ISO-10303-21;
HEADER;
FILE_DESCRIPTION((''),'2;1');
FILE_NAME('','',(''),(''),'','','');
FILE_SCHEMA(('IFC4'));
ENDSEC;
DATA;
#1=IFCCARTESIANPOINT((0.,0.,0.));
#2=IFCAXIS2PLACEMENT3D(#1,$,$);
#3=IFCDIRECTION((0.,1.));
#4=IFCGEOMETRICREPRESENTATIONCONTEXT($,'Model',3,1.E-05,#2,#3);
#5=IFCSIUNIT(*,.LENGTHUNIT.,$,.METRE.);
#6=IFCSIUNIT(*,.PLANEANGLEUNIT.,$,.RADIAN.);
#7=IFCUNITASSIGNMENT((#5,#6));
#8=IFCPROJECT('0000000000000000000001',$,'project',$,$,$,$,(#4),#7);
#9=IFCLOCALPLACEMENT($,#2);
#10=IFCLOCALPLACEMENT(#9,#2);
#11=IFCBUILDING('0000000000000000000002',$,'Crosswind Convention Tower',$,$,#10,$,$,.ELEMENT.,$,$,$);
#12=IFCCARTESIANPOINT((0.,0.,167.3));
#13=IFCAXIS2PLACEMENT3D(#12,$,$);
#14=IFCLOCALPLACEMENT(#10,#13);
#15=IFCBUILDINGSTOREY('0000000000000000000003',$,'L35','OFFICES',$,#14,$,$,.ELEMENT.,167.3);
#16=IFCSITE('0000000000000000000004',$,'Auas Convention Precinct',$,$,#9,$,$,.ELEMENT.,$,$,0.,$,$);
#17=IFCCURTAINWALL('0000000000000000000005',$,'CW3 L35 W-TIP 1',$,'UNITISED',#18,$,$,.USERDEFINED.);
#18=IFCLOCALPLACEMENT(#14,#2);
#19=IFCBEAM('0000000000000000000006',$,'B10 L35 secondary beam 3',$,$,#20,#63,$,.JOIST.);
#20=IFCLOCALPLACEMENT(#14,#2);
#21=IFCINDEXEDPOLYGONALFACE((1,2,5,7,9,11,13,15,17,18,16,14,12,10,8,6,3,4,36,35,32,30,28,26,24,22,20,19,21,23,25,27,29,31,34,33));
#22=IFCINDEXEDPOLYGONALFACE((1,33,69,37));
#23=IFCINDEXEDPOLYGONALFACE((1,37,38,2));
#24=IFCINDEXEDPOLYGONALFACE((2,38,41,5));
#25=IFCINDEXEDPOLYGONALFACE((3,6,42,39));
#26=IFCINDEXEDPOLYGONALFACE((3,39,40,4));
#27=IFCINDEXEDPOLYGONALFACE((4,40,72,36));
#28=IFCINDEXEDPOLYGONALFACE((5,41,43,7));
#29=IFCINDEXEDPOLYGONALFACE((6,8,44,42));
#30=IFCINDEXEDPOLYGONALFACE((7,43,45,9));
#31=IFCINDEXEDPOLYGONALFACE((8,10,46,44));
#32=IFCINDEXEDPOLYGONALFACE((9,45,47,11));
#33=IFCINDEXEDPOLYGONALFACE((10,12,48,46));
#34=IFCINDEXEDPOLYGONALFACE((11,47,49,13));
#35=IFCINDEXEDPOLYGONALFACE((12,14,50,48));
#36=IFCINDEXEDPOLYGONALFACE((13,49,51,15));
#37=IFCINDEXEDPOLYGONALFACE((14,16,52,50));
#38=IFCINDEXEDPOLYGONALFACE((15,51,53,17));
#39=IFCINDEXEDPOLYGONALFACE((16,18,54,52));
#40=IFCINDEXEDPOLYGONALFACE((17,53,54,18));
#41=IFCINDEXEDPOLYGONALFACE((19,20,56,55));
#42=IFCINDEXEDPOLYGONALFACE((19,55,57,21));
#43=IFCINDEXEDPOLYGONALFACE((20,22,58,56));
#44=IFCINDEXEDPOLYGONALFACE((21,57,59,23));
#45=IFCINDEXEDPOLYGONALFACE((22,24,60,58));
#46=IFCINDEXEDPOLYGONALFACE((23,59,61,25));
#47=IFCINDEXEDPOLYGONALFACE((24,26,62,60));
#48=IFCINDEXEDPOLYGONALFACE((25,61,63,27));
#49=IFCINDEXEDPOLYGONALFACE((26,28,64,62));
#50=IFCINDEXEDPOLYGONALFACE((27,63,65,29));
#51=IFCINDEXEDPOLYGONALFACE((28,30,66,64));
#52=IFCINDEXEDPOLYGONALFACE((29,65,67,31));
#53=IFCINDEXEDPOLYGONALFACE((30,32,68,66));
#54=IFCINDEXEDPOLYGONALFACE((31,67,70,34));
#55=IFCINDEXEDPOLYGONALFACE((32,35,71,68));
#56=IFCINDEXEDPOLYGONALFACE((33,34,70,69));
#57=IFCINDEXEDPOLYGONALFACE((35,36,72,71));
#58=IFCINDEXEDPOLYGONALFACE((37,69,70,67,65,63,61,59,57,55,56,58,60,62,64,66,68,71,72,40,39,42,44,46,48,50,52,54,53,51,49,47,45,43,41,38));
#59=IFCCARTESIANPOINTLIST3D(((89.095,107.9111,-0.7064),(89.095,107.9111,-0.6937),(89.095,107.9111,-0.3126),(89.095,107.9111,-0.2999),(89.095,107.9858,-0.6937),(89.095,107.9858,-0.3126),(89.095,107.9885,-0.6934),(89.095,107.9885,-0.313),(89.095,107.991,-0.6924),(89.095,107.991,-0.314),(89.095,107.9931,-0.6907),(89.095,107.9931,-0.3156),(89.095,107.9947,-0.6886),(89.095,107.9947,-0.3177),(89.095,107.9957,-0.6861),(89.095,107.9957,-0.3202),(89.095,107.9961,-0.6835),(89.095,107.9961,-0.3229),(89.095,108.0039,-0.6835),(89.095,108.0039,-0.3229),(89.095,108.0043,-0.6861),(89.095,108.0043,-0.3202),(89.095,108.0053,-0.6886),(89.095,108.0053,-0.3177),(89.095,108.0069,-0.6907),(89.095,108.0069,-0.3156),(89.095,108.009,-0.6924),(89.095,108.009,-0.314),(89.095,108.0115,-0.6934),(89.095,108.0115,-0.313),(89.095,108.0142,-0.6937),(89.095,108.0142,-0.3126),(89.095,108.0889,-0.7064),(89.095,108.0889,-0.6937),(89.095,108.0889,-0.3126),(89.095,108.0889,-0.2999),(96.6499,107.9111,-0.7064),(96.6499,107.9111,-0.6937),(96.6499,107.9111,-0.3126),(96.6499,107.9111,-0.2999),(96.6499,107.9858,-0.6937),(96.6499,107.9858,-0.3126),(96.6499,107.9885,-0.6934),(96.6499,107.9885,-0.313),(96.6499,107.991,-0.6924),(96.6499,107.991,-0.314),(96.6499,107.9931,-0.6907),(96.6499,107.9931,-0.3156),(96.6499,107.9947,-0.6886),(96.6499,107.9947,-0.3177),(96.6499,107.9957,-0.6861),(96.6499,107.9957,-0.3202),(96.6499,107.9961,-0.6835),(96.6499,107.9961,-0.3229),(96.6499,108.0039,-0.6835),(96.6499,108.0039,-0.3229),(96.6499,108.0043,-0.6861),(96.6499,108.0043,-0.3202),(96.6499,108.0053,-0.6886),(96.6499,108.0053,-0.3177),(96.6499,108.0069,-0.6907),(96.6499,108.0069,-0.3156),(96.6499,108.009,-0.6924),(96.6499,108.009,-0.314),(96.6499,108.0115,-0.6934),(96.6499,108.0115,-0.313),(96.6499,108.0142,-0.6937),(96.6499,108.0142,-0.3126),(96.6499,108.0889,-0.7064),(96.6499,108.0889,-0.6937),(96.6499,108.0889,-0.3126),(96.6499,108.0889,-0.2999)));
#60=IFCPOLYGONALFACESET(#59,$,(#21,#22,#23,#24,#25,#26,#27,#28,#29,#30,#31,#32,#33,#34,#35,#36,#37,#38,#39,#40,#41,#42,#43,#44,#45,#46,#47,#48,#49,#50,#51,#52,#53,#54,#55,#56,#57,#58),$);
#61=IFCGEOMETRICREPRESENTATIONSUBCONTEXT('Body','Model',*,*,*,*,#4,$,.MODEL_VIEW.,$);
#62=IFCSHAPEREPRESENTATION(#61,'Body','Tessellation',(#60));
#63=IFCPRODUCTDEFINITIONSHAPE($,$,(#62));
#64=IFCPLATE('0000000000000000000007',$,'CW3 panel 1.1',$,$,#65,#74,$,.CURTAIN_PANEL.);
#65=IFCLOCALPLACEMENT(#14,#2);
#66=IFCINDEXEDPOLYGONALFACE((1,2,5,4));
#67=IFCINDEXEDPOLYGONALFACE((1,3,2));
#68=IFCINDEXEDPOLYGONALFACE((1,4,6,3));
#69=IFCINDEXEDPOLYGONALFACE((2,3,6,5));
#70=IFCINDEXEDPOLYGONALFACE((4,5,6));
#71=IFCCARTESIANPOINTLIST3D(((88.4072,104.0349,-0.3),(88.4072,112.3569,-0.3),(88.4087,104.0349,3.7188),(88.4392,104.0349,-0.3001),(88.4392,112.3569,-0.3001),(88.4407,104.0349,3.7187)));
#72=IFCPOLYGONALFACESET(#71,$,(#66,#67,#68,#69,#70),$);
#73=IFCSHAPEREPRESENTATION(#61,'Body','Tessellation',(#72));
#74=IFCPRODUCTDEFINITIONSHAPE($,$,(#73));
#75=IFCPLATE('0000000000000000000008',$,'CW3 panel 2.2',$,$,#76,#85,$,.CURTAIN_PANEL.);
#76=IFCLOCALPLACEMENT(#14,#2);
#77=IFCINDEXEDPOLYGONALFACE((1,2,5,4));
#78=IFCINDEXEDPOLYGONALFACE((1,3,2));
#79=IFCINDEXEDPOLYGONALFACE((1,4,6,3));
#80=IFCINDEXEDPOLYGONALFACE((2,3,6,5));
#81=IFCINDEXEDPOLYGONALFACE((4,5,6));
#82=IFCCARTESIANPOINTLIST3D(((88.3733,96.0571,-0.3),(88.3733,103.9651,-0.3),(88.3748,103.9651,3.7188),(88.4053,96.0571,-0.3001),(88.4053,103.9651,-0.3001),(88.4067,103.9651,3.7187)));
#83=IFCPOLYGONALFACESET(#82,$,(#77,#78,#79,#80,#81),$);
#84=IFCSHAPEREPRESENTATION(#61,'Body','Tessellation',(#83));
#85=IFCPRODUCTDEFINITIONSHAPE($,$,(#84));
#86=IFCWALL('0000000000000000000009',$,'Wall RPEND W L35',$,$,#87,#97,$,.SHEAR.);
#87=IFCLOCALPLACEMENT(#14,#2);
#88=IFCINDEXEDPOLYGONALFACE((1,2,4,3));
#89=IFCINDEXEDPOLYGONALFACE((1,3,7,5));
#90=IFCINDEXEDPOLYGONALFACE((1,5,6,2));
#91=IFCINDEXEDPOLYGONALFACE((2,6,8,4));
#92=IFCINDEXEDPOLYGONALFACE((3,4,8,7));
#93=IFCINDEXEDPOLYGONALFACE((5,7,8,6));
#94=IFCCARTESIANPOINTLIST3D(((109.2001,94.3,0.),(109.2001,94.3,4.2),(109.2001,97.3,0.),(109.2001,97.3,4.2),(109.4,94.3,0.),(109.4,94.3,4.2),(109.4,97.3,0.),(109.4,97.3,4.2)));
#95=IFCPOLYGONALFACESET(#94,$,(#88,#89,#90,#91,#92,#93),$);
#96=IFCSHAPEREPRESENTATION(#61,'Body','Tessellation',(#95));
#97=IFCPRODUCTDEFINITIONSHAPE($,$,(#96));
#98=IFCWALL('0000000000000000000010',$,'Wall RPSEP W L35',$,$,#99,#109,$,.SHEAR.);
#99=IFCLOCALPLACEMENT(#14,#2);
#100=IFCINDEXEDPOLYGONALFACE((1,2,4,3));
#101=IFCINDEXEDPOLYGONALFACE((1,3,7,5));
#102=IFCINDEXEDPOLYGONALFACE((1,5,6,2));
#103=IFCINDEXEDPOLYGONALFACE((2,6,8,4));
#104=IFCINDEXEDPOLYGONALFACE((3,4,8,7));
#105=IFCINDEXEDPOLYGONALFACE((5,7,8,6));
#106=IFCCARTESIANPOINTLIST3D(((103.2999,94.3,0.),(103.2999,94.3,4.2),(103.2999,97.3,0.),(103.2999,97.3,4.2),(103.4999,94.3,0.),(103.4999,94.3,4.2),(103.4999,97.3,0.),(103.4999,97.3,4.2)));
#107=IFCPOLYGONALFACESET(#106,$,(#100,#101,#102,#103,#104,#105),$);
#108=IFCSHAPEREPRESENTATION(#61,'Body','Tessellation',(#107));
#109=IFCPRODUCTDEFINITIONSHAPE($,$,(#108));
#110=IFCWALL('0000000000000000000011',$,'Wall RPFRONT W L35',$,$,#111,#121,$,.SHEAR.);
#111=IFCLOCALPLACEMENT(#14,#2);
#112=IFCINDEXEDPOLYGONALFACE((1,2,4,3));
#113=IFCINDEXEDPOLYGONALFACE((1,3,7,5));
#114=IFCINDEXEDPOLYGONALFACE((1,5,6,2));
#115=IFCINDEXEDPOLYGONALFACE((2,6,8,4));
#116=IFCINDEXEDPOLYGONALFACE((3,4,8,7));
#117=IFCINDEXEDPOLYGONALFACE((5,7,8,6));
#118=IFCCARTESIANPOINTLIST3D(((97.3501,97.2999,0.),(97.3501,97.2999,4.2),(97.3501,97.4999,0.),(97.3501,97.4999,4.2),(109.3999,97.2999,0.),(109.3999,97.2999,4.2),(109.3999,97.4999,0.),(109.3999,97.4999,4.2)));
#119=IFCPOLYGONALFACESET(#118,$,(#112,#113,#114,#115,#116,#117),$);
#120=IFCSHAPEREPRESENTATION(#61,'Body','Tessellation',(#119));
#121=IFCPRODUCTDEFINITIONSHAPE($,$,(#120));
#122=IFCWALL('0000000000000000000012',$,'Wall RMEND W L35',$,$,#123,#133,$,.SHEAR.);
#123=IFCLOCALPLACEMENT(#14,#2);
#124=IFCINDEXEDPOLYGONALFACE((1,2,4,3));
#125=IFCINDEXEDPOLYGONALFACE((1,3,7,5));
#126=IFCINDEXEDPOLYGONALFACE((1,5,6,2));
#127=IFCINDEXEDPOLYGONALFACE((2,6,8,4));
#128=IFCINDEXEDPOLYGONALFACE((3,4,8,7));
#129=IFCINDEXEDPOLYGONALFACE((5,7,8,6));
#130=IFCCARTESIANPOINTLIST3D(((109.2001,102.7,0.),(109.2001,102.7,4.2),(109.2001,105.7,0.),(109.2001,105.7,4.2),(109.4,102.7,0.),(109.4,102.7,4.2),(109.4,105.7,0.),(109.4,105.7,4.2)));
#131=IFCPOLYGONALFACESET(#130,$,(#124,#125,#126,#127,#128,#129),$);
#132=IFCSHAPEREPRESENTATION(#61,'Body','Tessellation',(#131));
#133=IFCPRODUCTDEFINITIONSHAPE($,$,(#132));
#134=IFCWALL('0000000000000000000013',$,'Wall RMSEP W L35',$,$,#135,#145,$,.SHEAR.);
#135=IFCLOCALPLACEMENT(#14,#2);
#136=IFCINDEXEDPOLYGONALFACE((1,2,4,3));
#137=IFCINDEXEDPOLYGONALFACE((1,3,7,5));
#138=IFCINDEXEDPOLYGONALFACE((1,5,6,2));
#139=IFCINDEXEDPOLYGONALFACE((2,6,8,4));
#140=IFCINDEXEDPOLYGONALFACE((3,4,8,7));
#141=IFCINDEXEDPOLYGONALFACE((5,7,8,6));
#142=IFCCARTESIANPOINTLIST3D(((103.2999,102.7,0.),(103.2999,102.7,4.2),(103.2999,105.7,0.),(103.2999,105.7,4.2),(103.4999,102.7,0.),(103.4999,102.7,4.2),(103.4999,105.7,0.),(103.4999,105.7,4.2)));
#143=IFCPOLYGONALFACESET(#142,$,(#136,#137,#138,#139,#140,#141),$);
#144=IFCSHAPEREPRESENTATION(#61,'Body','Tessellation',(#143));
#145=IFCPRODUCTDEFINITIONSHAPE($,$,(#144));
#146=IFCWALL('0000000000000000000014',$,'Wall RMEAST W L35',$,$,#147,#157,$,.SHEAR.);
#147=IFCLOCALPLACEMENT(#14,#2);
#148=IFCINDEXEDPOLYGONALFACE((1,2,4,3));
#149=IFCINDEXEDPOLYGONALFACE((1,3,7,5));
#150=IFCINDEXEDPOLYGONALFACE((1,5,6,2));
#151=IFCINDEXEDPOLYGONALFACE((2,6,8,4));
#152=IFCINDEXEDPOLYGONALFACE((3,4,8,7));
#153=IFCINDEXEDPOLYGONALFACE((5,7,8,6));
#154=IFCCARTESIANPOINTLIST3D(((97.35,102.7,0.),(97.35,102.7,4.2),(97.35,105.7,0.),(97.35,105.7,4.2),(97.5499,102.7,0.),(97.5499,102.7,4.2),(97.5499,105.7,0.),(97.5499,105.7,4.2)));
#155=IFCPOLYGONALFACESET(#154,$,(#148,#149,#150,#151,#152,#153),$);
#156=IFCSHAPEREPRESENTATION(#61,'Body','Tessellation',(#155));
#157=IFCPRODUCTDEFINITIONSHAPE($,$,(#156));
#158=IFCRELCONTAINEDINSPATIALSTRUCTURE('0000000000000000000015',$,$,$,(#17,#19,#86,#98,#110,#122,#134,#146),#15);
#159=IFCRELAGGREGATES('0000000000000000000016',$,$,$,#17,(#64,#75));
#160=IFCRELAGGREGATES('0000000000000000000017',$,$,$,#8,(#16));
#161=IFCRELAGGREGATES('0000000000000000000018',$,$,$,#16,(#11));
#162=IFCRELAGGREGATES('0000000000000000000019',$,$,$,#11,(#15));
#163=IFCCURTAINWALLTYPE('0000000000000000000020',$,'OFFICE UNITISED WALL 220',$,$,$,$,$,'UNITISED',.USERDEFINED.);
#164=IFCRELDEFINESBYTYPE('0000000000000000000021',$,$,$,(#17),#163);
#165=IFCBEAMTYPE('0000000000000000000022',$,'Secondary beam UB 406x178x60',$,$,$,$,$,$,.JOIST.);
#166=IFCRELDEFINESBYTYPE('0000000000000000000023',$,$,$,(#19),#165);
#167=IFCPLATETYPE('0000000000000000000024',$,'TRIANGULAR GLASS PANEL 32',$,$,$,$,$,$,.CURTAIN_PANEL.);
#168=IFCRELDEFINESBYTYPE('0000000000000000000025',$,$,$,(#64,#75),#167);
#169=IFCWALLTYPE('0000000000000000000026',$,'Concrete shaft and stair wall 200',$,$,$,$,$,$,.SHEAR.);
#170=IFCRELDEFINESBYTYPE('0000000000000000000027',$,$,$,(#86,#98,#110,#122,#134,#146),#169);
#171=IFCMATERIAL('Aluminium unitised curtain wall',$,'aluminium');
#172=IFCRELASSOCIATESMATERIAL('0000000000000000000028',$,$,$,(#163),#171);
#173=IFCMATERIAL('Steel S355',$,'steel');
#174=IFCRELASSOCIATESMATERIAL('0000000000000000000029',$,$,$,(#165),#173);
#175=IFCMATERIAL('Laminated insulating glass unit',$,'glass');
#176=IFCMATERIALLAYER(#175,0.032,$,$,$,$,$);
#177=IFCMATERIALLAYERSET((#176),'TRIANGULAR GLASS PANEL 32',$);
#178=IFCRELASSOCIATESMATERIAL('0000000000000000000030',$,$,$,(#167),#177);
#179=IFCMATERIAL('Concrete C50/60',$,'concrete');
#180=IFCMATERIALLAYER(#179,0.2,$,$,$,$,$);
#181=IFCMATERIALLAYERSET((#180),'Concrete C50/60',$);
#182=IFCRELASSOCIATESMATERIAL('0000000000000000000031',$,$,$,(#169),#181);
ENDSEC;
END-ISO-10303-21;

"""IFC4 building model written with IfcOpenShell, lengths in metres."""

from ifc_helpers import new_model, si_unit, direction, frame, frame_2d, origin, origin_2d, place, context, subcontext, project, spatial, polyline, rectangle, i_section, outline, extrude, material, layer, layer_set, material_profile, profile_set, type_object, element, aggregate, save


model = new_model("IFC4")

# Units and contexts
model_context = context("Model", 3, precision=1e-05, world=origin(), true_north=direction((0.0, 1.0)))
body_context = subcontext(model_context, "Body", "Model", "MODEL_VIEW")
ifc_project = project(units=[si_unit("LENGTHUNIT", "METRE"), si_unit("PLANEANGLEUNIT", "RADIAN")], contexts=[model_context])

# Site, building, storey
site_placement = place(None, origin())
site = spatial("IfcSite", under=ifc_project, at=site_placement, Name="Auas Convention Precinct", CompositionType="ELEMENT", RefElevation=0.0)
building_placement = place(site_placement, origin())
building = spatial("IfcBuilding", under=site, at=building_placement, Name="Crosswind Convention Tower", CompositionType="ELEMENT")
storey_placement = place(building_placement, frame((0.0, 0.0, 167.3)))
storey = spatial("IfcBuildingStorey", under=building, at=storey_placement, Name="L35", Description="OFFICES", CompositionType="ELEMENT", Elevation=167.3)

# Shared definitions
ifc_material_1 = material(Name="Steel S355", Category="steel")

# Curtain wall
ifc_material_2 = material(Name="Aluminium unitised curtain wall", Category="aluminium")
curtain_wall_type = type_object("IfcCurtainWallType", Name="OFFICE UNITISED WALL 220", ElementType="UNITISED", PredefinedType="USERDEFINED", material=ifc_material_2)
curtain_wall_placement = place(storey_placement, origin())
curtain_wall = element("IfcCurtainWall", 1, at=curtain_wall_placement, inside=storey, type_object=curtain_wall_type, Name="CW3 L35 W-TIP 1", ObjectType="UNITISED", PredefinedType="USERDEFINED")

# Beam
ifc_material_profile_1 = material_profile(ifc_material_1, i_section(OverallWidth=0.1777, OverallDepth=0.4065, WebThickness=0.0078, FlangeThickness=0.0127, FilletRadius=0.0103, at=origin_2d()), Name="UB 406x178x60")
ifc_profile_set_1 = profile_set([ifc_material_profile_1], Name="Steel S355")
beam_type_1 = type_object("IfcBeamType", Name="Secondary beam UB 406x178x60", PredefinedType="JOIST", material=ifc_profile_set_1)
for number, where, z_axis, x_axis, name in (
    (2, (89.095, 108.0, -0.5032), (1.0, 0.0, 0.0), (0.0, 1.0, 0.0), "B10 L35 secondary beam 3"),
):
    element("IfcBeam", number, at=place(storey_placement, frame(where, z_axis=z_axis, x_axis=x_axis)), inside=storey, type_object=beam_type_1, Name=name, PredefinedType="JOIST", context=body_context, shape_type="SweptSolid", body=[
        extrude(i_section(OverallWidth=0.1777, OverallDepth=0.4065, WebThickness=0.0078, FlangeThickness=0.0127, FilletRadius=0.0103, at=origin_2d()), origin(), (0.0, 0.0, 1.0), 7.5549),
    ])

# Plates
ifc_material_3 = material(Name="Laminated insulating glass unit", Category="glass")
ifc_layer_1 = layer(ifc_material_3, 0.032)
ifc_layer_set_1 = layer_set([ifc_layer_1], Name="TRIANGULAR GLASS PANEL 32")
plate_type = type_object("IfcPlateType", Name="TRIANGULAR GLASS PANEL 32", PredefinedType="CURTAIN_PANEL", material=ifc_layer_set_1)
plate_1_placement = place(storey_placement, frame((88.4072, 104.0349, -0.3), z_axis=(-1.0, 0.0, 0.000364), x_axis=(0.000364, 0.0, 1.0)))
plate_1 = element("IfcPlate", 3, at=plate_1_placement, type_object=plate_type, Name="CW3 panel 1.1", PredefinedType="CURTAIN_PANEL", context=body_context, shape_type="SweptSolid", body=[
    extrude(outline(polyline([(0.0, 0.0), (4.0188, 0.0), (0.0, 8.322), (0.0, 0.0)])), origin(), (0.0, 0.0, -1.0), 0.032),
])
plate_2_placement = place(storey_placement, frame((88.3733, 103.9651, -0.3), z_axis=(-1.0, 0.0, 0.000364), x_axis=(0.0, -1.0, 0.0)))
plate_2 = element("IfcPlate", 4, at=plate_2_placement, type_object=plate_type, Name="CW3 panel 2.2", PredefinedType="CURTAIN_PANEL", context=body_context, shape_type="SweptSolid", body=[
    extrude(outline(polyline([(0.0, 0.0), (7.908, 0.0), (0.0, 4.0188), (0.0, 0.0)])), origin(), (0.0, 0.0, -1.0), 0.032),
])
aggregate(curtain_wall, [plate_1, plate_2])

# Walls
ifc_material_4 = material(Name="Concrete C50/60", Category="concrete")
ifc_layer_2 = layer(ifc_material_4, 0.2)
ifc_layer_set_2 = layer_set([ifc_layer_2], Name="Concrete C50/60")
wall_type_1 = type_object("IfcWallType", Name="Concrete shaft and stair wall 200", PredefinedType="SHEAR", material=ifc_layer_set_2)
for number, where, z_axis, x_axis, name in (
    (5, (109.3, 97.3, 0.0), (0.0, 0.0, 1.0), (0.0, -1.0, 0.0), "Wall RPEND W L35"),
    (6, (103.3999, 97.3, 0.0), (0.0, 0.0, 1.0), (0.0, -1.0, 0.0), "Wall RPSEP W L35"),
):
    element("IfcWall", number, at=place(storey_placement, frame(where, z_axis=z_axis, x_axis=x_axis)), inside=storey, type_object=wall_type_1, Name=name, PredefinedType="SHEAR", context=body_context, shape_type="SweptSolid", body=[
        extrude(rectangle(XDim=3.0, YDim=0.2, at=frame_2d((1.5, 0.0))), origin(), (0.0, 0.0, 1.0), 4.2),
    ])
wall_1_placement = place(storey_placement, frame((109.3999, 97.3999, 0.0), z_axis=(0.0, 0.0, 1.0), x_axis=(-1.0, 0.0, 0.0)))
element("IfcWall", 7, at=wall_1_placement, inside=storey, type_object=wall_type_1, Name="Wall RPFRONT W L35", PredefinedType="SHEAR", context=body_context, shape_type="SweptSolid", body=[
    extrude(rectangle(XDim=12.0498, YDim=0.2, at=frame_2d((6.0249, 0.0))), origin(), (0.0, 0.0, 1.0), 4.2),
])
for number, where, z_axis, x_axis, name in (
    (8, (109.3, 105.7, 0.0), (0.0, 0.0, 1.0), (0.0, -1.0, 0.0), "Wall RMEND W L35"),
    (9, (103.3999, 105.7, 0.0), (0.0, 0.0, 1.0), (0.0, -1.0, 0.0), "Wall RMSEP W L35"),
    (10, (97.45, 105.7, 0.0), (0.0, 0.0, 1.0), (0.0, -1.0, 0.0), "Wall RMEAST W L35"),
):
    element("IfcWall", number, at=place(storey_placement, frame(where, z_axis=z_axis, x_axis=x_axis)), inside=storey, type_object=wall_type_1, Name=name, PredefinedType="SHEAR", context=body_context, shape_type="SweptSolid", body=[
        extrude(rectangle(XDim=3.0, YDim=0.2, at=frame_2d((1.5, 0.0))), origin(), (0.0, 0.0, 1.0), 4.2),
    ])

save(model, "model.ifc")
